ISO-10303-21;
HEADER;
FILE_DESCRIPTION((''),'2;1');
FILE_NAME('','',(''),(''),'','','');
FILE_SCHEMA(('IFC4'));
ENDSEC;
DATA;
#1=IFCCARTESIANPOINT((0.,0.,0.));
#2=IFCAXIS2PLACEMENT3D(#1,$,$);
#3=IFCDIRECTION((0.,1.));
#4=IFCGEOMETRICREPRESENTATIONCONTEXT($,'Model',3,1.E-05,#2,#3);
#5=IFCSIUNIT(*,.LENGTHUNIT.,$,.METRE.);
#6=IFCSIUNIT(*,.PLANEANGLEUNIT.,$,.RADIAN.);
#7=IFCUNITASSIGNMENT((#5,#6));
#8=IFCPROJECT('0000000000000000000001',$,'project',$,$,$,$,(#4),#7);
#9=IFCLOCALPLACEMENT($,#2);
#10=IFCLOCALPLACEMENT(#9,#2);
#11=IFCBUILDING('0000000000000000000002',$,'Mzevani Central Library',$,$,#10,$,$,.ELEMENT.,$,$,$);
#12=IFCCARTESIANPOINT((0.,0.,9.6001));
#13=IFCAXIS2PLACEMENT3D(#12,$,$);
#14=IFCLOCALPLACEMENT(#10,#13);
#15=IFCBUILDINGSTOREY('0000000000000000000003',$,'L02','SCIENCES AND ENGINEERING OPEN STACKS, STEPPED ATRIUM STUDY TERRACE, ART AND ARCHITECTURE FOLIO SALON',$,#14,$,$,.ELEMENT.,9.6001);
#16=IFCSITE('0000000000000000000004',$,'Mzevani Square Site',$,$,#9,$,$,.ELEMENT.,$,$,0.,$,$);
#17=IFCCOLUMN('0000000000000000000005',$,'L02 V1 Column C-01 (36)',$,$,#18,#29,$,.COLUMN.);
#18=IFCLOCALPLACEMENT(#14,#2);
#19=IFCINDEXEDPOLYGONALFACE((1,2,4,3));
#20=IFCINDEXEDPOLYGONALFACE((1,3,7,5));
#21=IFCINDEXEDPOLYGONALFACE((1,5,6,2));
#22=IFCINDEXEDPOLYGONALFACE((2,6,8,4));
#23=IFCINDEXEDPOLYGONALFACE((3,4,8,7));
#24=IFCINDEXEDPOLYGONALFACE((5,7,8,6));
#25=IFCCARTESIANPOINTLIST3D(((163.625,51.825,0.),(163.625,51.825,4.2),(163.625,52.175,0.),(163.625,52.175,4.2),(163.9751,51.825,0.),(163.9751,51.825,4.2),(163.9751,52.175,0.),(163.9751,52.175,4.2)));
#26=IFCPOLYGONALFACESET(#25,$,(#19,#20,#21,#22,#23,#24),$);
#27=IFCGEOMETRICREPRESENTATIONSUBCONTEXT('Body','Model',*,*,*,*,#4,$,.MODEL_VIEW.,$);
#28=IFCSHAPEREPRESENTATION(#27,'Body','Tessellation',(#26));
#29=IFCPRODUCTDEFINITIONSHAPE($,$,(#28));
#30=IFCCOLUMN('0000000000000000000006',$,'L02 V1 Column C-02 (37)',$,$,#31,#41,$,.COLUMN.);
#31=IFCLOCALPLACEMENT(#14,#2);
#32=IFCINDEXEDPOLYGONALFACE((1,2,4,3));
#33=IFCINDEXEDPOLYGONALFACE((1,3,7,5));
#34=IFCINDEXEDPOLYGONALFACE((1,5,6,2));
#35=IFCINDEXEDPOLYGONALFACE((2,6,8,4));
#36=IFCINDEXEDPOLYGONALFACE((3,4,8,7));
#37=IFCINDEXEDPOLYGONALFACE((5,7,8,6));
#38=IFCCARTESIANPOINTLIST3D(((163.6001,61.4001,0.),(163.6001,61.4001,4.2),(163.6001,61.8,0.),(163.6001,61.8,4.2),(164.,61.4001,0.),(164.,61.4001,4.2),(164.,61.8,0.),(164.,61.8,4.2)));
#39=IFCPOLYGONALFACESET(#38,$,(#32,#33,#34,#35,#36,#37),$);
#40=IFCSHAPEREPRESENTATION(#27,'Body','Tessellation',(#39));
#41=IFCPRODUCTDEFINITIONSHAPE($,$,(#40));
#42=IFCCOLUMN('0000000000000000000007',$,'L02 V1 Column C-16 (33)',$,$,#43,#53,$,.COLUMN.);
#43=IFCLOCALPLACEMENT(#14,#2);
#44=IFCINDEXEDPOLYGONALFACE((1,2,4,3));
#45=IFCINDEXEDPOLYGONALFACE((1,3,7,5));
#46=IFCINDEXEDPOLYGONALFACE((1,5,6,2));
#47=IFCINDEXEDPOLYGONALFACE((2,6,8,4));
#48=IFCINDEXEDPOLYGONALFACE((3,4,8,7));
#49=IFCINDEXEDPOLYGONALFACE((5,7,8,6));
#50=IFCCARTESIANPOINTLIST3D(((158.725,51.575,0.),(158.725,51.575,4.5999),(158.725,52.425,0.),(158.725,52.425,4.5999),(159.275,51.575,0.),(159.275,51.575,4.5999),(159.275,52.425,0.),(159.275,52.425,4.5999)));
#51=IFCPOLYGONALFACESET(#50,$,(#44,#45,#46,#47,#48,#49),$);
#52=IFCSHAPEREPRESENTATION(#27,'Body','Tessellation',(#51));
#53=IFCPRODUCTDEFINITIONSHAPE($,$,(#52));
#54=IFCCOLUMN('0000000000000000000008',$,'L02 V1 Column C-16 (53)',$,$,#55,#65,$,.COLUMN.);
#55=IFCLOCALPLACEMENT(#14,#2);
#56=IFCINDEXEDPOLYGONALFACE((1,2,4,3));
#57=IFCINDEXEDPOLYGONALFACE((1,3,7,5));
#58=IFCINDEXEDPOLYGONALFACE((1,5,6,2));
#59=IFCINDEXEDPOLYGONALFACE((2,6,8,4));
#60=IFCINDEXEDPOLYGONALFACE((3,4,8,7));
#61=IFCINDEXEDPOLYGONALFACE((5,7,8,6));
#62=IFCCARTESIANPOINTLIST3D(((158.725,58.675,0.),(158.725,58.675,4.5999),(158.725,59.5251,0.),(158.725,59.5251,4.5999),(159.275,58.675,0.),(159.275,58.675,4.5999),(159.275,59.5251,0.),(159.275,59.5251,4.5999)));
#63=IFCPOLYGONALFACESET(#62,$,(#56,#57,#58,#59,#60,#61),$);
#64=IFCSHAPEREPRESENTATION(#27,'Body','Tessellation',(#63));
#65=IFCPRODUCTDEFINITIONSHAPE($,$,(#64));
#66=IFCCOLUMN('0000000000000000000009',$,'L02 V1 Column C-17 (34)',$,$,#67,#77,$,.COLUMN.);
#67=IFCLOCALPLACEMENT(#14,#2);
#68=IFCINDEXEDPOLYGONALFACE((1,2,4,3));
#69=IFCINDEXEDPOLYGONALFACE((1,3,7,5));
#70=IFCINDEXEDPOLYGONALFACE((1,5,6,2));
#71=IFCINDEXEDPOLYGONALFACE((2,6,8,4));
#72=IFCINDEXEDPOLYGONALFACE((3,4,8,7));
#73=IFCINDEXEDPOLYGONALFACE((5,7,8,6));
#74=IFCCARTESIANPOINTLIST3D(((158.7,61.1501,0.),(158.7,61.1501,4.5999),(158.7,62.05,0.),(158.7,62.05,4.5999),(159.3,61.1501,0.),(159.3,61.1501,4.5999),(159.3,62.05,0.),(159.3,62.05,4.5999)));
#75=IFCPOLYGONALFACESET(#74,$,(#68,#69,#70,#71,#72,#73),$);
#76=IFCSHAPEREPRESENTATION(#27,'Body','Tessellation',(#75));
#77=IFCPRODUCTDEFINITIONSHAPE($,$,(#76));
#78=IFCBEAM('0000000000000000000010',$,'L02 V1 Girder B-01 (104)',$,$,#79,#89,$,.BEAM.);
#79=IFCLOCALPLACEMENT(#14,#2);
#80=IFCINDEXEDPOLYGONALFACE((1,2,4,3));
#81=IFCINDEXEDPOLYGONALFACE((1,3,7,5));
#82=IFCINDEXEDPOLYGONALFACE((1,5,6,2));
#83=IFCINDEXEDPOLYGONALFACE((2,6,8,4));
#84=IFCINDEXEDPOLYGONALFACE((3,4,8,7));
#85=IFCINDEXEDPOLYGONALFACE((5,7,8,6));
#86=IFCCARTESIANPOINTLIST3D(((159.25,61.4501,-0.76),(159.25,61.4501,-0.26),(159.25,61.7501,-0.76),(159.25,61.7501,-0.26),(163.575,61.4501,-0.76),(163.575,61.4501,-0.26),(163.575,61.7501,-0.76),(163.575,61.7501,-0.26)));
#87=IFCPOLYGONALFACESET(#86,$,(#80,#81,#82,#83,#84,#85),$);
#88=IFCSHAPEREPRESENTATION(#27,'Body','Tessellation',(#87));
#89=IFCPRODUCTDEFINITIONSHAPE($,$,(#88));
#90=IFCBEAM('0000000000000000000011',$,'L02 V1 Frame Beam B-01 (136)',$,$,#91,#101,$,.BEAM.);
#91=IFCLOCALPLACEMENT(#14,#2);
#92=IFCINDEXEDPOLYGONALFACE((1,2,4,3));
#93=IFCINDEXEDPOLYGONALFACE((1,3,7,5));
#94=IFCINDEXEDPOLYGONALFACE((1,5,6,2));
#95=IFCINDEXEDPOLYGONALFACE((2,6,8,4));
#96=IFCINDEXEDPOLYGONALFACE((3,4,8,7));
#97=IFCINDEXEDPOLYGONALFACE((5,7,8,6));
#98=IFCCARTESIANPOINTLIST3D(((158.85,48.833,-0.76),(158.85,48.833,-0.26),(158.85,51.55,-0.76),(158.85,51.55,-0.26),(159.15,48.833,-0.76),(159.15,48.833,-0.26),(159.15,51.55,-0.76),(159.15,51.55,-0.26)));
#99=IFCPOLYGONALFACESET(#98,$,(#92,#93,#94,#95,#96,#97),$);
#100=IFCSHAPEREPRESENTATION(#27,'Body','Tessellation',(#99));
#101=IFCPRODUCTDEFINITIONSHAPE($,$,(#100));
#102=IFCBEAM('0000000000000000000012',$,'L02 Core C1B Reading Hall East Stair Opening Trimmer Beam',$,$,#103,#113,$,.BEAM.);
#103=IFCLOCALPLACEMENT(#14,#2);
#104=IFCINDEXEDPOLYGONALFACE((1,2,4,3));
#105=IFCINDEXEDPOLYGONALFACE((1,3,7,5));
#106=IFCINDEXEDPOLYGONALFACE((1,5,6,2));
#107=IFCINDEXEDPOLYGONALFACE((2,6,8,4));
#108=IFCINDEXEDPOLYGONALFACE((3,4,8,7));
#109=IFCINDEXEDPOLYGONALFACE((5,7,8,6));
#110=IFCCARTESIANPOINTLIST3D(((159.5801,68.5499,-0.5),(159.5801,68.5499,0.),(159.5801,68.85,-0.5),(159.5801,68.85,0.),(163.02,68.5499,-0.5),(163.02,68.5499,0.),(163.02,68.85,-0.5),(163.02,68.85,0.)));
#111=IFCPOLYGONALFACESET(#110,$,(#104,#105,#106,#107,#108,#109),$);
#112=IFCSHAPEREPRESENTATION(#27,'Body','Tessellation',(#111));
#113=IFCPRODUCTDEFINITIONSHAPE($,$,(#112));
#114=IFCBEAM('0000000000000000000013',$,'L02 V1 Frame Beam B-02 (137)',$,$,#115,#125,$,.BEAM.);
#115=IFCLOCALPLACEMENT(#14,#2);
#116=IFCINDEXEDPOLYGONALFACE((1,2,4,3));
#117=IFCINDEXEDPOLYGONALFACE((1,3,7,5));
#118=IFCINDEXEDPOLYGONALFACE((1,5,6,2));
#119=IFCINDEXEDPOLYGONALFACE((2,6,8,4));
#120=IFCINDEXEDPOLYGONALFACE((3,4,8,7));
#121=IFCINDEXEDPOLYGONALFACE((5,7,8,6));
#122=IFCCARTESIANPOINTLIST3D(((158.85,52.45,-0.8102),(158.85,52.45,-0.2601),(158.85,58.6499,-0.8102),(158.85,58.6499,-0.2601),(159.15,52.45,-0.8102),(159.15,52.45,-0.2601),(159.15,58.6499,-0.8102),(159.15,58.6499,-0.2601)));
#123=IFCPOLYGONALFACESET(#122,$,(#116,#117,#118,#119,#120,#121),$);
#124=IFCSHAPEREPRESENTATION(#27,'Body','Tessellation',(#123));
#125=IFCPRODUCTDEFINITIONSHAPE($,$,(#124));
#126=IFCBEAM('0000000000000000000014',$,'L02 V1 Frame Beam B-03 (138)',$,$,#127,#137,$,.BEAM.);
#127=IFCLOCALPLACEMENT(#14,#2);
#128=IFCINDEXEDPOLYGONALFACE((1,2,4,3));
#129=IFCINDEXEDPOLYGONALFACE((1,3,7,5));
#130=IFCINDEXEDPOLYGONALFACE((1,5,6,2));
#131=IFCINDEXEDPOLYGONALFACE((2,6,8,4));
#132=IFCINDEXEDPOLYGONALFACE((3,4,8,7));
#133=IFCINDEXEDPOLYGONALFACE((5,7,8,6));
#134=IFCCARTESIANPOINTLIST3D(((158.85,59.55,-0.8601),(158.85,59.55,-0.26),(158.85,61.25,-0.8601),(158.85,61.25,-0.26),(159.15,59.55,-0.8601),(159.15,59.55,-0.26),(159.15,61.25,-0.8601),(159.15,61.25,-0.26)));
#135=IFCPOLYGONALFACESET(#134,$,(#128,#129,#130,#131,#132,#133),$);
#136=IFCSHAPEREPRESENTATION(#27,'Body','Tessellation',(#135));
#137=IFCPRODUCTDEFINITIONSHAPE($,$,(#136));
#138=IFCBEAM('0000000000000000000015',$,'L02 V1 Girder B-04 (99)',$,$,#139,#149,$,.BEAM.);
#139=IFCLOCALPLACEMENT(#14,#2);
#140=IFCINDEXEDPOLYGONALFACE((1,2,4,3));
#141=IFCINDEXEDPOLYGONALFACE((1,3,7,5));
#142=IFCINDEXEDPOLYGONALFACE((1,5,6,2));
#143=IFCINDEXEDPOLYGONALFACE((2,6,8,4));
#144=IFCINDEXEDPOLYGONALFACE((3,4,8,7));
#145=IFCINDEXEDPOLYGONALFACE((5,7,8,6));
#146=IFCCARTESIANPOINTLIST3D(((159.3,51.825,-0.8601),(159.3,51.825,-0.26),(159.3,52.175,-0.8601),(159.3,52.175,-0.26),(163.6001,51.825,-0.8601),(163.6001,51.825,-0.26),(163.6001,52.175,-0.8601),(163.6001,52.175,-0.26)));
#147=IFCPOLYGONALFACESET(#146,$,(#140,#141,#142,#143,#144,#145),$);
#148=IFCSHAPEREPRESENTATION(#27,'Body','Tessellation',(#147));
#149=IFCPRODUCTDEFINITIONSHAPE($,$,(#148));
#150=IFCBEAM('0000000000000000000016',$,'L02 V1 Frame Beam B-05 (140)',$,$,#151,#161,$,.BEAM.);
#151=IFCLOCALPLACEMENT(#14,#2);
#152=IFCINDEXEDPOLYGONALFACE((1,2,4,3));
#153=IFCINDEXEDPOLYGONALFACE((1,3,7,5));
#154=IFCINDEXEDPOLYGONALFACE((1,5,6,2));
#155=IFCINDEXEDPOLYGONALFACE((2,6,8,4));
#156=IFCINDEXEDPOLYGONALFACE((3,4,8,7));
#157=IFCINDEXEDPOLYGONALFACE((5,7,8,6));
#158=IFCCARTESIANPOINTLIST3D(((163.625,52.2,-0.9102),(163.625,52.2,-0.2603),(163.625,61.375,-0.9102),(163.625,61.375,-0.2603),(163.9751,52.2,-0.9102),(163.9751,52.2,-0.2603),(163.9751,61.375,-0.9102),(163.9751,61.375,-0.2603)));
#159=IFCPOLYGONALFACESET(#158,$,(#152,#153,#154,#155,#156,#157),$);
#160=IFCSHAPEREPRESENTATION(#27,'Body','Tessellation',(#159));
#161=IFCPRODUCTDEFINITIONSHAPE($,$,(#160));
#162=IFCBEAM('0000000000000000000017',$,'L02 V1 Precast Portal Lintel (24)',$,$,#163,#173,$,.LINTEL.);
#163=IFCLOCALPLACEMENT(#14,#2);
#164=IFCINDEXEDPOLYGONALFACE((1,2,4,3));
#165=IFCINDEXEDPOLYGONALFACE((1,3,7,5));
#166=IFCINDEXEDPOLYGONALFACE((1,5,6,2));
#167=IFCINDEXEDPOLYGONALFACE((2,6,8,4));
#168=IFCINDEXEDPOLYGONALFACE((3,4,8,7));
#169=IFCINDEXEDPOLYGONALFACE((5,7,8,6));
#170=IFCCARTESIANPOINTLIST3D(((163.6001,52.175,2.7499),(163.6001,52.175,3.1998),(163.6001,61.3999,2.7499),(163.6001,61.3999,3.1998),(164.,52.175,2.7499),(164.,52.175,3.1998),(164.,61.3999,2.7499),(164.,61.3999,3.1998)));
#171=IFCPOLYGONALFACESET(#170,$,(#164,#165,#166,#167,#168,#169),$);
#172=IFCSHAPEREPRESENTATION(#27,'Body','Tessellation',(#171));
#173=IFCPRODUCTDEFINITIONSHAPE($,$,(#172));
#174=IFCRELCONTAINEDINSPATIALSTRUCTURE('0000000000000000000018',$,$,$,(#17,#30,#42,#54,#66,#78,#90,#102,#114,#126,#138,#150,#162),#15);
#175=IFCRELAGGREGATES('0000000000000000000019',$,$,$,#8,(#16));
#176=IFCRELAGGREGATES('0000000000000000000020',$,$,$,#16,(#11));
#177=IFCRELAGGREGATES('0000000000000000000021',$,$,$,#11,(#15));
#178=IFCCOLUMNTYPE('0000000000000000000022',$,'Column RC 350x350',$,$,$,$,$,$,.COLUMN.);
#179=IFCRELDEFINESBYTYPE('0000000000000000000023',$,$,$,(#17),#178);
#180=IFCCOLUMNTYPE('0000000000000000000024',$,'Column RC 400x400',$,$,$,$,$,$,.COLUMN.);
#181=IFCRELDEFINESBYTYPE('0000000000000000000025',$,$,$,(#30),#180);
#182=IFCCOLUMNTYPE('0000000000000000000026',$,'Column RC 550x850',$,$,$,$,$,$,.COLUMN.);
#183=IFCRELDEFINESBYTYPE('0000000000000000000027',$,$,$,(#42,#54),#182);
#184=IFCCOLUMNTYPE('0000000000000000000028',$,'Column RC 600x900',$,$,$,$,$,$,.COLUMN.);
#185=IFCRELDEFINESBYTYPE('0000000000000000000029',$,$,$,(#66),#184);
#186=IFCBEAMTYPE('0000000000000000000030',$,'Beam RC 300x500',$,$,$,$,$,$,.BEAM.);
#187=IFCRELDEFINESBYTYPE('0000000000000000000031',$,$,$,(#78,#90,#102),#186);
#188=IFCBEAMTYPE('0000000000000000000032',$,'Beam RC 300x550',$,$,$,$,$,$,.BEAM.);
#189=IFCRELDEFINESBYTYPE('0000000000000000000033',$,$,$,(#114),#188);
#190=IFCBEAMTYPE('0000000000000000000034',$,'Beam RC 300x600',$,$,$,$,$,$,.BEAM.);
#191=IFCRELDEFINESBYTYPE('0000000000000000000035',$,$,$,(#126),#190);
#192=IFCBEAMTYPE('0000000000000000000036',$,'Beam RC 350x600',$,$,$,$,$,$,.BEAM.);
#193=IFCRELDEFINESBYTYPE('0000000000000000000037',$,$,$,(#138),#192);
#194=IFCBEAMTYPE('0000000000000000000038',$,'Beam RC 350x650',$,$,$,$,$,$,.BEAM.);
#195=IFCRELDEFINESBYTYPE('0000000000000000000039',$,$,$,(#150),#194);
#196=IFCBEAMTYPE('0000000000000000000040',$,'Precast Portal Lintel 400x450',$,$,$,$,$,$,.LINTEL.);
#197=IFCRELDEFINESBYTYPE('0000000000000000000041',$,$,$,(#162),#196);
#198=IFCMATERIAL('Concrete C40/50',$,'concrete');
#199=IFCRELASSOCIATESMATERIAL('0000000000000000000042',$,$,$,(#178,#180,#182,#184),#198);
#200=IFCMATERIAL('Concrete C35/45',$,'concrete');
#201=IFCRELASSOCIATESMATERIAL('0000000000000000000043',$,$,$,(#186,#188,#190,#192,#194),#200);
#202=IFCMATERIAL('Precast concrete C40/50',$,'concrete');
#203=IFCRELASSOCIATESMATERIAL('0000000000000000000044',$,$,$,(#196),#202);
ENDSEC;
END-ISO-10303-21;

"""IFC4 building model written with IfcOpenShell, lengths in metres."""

from ifc_helpers import new_model, si_unit, direction, frame, origin, origin_2d, place, context, subcontext, project, spatial, rectangle, extrude, material, material_profile, profile_set, type_object, element, save


model = new_model("IFC4")

# Units and contexts
model_context = context("Model", 3, precision=1e-05, world=origin(), true_north=direction((0.0, 1.0)))
body_context = subcontext(model_context, "Body", "Model", "MODEL_VIEW")
ifc_project = project(units=[si_unit("LENGTHUNIT", "METRE"), si_unit("PLANEANGLEUNIT", "RADIAN")], contexts=[model_context])

# Site, building, storey
site_placement = place(None, origin())
site = spatial("IfcSite", under=ifc_project, at=site_placement, Name="Mzevani Square Site", CompositionType="ELEMENT", RefElevation=0.0)
building_placement = place(site_placement, origin())
building = spatial("IfcBuilding", under=site, at=building_placement, Name="Mzevani Central Library", CompositionType="ELEMENT")
storey_placement = place(building_placement, frame((0.0, 0.0, 9.6001)))
storey = spatial("IfcBuildingStorey", under=building, at=storey_placement, Name="L02", Description="SCIENCES AND ENGINEERING OPEN STACKS, STEPPED ATRIUM STUDY TERRACE, ART AND ARCHITECTURE FOLIO SALON", CompositionType="ELEMENT", Elevation=9.6001)

# Columns
ifc_material_1 = material(Name="Concrete C40/50", Category="concrete")
ifc_material_profile_1 = material_profile(ifc_material_1, rectangle(XDim=0.3501, YDim=0.3501, at=origin_2d()), Name="RC 350x350")
ifc_profile_set_1 = profile_set([ifc_material_profile_1], Name="Concrete C40/50")
column_type_1 = type_object("IfcColumnType", Name="Column RC 350x350", PredefinedType="COLUMN", material=ifc_profile_set_1)
column_1_placement = place(storey_placement, frame((163.8, 52.0, 0.0), z_axis=(0.0, 0.0, 1.0), x_axis=(1.0, 0.0, 0.0)))
element("IfcColumn", 1, at=column_1_placement, inside=storey, type_object=column_type_1, Name="L02 V1 Column C-01 (36)", PredefinedType="COLUMN", context=body_context, shape_type="SweptSolid", body=[
    extrude(rectangle(XDim=0.3501, YDim=0.3501, at=origin_2d()), origin(), (0.0, 0.0, 1.0), 4.2),
])
ifc_material_profile_2 = material_profile(ifc_material_1, rectangle(XDim=0.3999, YDim=0.3999, at=origin_2d()), Name="RC 400x400")
ifc_profile_set_2 = profile_set([ifc_material_profile_2], Name="Concrete C40/50")
column_type_2 = type_object("IfcColumnType", Name="Column RC 400x400", PredefinedType="COLUMN", material=ifc_profile_set_2)
column_2_placement = place(storey_placement, frame((163.8, 61.6001, 0.0), z_axis=(0.0, 0.0, 1.0), x_axis=(1.0, 0.0, 0.0)))
element("IfcColumn", 2, at=column_2_placement, inside=storey, type_object=column_type_2, Name="L02 V1 Column C-02 (37)", PredefinedType="COLUMN", context=body_context, shape_type="SweptSolid", body=[
    extrude(rectangle(XDim=0.3999, YDim=0.3999, at=origin_2d()), origin(), (0.0, 0.0, 1.0), 4.2),
])
ifc_material_profile_3 = material_profile(ifc_material_1, rectangle(XDim=0.55, YDim=0.8501, at=origin_2d()), Name="RC 550x850")
ifc_profile_set_3 = profile_set([ifc_material_profile_3], Name="Concrete C40/50")
column_type_3 = type_object("IfcColumnType", Name="Column RC 550x850", PredefinedType="COLUMN", material=ifc_profile_set_3)
for number, where, z_axis, x_axis, name in (
    (3, (159.0, 52.0, 0.0), (0.0, 0.0, 1.0), (1.0, 0.0, 0.0), "L02 V1 Column C-16 (33)"),
    (4, (159.0, 59.1001, 0.0), (0.0, 0.0, 1.0), (1.0, 0.0, 0.0), "L02 V1 Column C-16 (53)"),
):
    element("IfcColumn", number, at=place(storey_placement, frame(where, z_axis=z_axis, x_axis=x_axis)), inside=storey, type_object=column_type_3, Name=name, PredefinedType="COLUMN", context=body_context, shape_type="SweptSolid", body=[
        extrude(rectangle(XDim=0.55, YDim=0.8501, at=origin_2d()), origin(), (0.0, 0.0, 1.0), 4.5999),
    ])
ifc_material_profile_4 = material_profile(ifc_material_1, rectangle(XDim=0.6001, YDim=0.8999, at=origin_2d()), Name="RC 600x900")
ifc_profile_set_4 = profile_set([ifc_material_profile_4], Name="Concrete C40/50")
column_type_4 = type_object("IfcColumnType", Name="Column RC 600x900", PredefinedType="COLUMN", material=ifc_profile_set_4)
column_3_placement = place(storey_placement, frame((159.0, 61.6001, 0.0), z_axis=(0.0, 0.0, 1.0), x_axis=(1.0, 0.0, 0.0)))
element("IfcColumn", 5, at=column_3_placement, inside=storey, type_object=column_type_4, Name="L02 V1 Column C-17 (34)", PredefinedType="COLUMN", context=body_context, shape_type="SweptSolid", body=[
    extrude(rectangle(XDim=0.6001, YDim=0.8999, at=origin_2d()), origin(), (0.0, 0.0, 1.0), 4.5999),
])

# Beams
ifc_material_2 = material(Name="Concrete C35/45", Category="concrete")
ifc_material_profile_5 = material_profile(ifc_material_2, rectangle(XDim=0.3, YDim=0.5, at=origin_2d()), Name="RC B300x500")
ifc_profile_set_5 = profile_set([ifc_material_profile_5], Name="Concrete C35/45")
beam_type_1 = type_object("IfcBeamType", Name="Beam RC 300x500", PredefinedType="BEAM", material=ifc_profile_set_5)
beam_1_placement = place(storey_placement, frame((159.25, 61.6001, -0.51), z_axis=(1.0, 0.0, 0.0), x_axis=(0.0, 1.0, 0.0)))
element("IfcBeam", 6, at=beam_1_placement, inside=storey, type_object=beam_type_1, Name="L02 V1 Girder B-01 (104)", PredefinedType="BEAM", context=body_context, shape_type="SweptSolid", body=[
    extrude(rectangle(XDim=0.3, YDim=0.5, at=origin_2d()), origin(), (0.0, 0.0, 1.0), 4.325),
])
beam_2_placement = place(storey_placement, frame((159.0, 48.833, -0.51), z_axis=(0.0, 1.0, 0.0), x_axis=(-1.0, 0.0, 0.0)))
element("IfcBeam", 7, at=beam_2_placement, inside=storey, type_object=beam_type_1, Name="L02 V1 Frame Beam B-01 (136)", PredefinedType="BEAM", context=body_context, shape_type="SweptSolid", body=[
    extrude(rectangle(XDim=0.3, YDim=0.5, at=origin_2d()), origin(), (0.0, 0.0, 1.0), 2.717),
])
beam_3_placement = place(storey_placement, frame((159.5801, 68.7, -0.25), z_axis=(1.0, 0.0, 0.0), x_axis=(0.0, 1.0, 0.0)))
element("IfcBeam", 8, at=beam_3_placement, inside=storey, type_object=beam_type_1, Name="L02 Core C1B Reading Hall East Stair Opening Trimmer Beam", PredefinedType="BEAM", context=body_context, shape_type="SweptSolid", body=[
    extrude(rectangle(XDim=0.3, YDim=0.5, at=origin_2d()), origin(), (0.0, 0.0, 1.0), 3.4399),
])
ifc_material_profile_6 = material_profile(ifc_material_2, rectangle(XDim=0.3, YDim=0.55, at=origin_2d()), Name="RC B300x550")
ifc_profile_set_6 = profile_set([ifc_material_profile_6], Name="Concrete C35/45")
beam_type_2 = type_object("IfcBeamType", Name="Beam RC 300x550", PredefinedType="BEAM", material=ifc_profile_set_6)
beam_4_placement = place(storey_placement, frame((159.0, 52.45, -0.5352), z_axis=(0.0, 1.0, 0.0), x_axis=(-1.0, 0.0, 0.0)))
element("IfcBeam", 9, at=beam_4_placement, inside=storey, type_object=beam_type_2, Name="L02 V1 Frame Beam B-02 (137)", PredefinedType="BEAM", context=body_context, shape_type="SweptSolid", body=[
    extrude(rectangle(XDim=0.3, YDim=0.55, at=origin_2d()), origin(), (0.0, 0.0, 1.0), 6.2),
])
ifc_material_profile_7 = material_profile(ifc_material_2, rectangle(XDim=0.3, YDim=0.6001, at=origin_2d()), Name="RC B300x600")
ifc_profile_set_7 = profile_set([ifc_material_profile_7], Name="Concrete C35/45")
beam_type_3 = type_object("IfcBeamType", Name="Beam RC 300x600", PredefinedType="BEAM", material=ifc_profile_set_7)
beam_5_placement = place(storey_placement, frame((159.0, 59.55, -0.5601), z_axis=(0.0, 1.0, 0.0), x_axis=(-1.0, 0.0, 0.0)))
element("IfcBeam", 10, at=beam_5_placement, inside=storey, type_object=beam_type_3, Name="L02 V1 Frame Beam B-03 (138)", PredefinedType="BEAM", context=body_context, shape_type="SweptSolid", body=[
    extrude(rectangle(XDim=0.3, YDim=0.6001, at=origin_2d()), origin(), (0.0, 0.0, 1.0), 1.7),
])
ifc_material_profile_8 = material_profile(ifc_material_2, rectangle(XDim=0.3501, YDim=0.6001, at=origin_2d()), Name="RC B350x600")
ifc_profile_set_8 = profile_set([ifc_material_profile_8], Name="Concrete C35/45")
beam_type_4 = type_object("IfcBeamType", Name="Beam RC 350x600", PredefinedType="BEAM", material=ifc_profile_set_8)
beam_6_placement = place(storey_placement, frame((159.3, 52.0, -0.5601), z_axis=(1.0, 0.0, 0.0), x_axis=(0.0, 1.0, 0.0)))
element("IfcBeam", 11, at=beam_6_placement, inside=storey, type_object=beam_type_4, Name="L02 V1 Girder B-04 (99)", PredefinedType="BEAM", context=body_context, shape_type="SweptSolid", body=[
    extrude(rectangle(XDim=0.3501, YDim=0.6001, at=origin_2d()), origin(), (0.0, 0.0, 1.0), 4.3),
])
ifc_material_profile_9 = material_profile(ifc_material_2, rectangle(XDim=0.3501, YDim=0.6499, at=origin_2d()), Name="RC B350x650")
ifc_profile_set_9 = profile_set([ifc_material_profile_9], Name="Concrete C35/45")
beam_type_5 = type_object("IfcBeamType", Name="Beam RC 350x650", PredefinedType="BEAM", material=ifc_profile_set_9)
beam_7_placement = place(storey_placement, frame((163.8, 52.2, -0.5852), z_axis=(0.0, 1.0, 0.0), x_axis=(-1.0, 0.0, 0.0)))
element("IfcBeam", 12, at=beam_7_placement, inside=storey, type_object=beam_type_5, Name="L02 V1 Frame Beam B-05 (140)", PredefinedType="BEAM", context=body_context, shape_type="SweptSolid", body=[
    extrude(rectangle(XDim=0.3501, YDim=0.6499, at=origin_2d()), origin(), (0.0, 0.0, 1.0), 9.175),
])
ifc_material_3 = material(Name="Precast concrete C40/50", Category="concrete")
ifc_material_profile_10 = material_profile(ifc_material_3, rectangle(XDim=0.3999, YDim=0.45, at=origin_2d()), Name="PC LN400x450")
ifc_profile_set_10 = profile_set([ifc_material_profile_10], Name="Precast concrete C40/50")
beam_type_6 = type_object("IfcBeamType", Name="Precast Portal Lintel 400x450", PredefinedType="LINTEL", material=ifc_profile_set_10)
beam_8_placement = place(storey_placement, frame((163.8, 52.175, 2.9749), z_axis=(0.0, 1.0, 0.0), x_axis=(-1.0, 0.0, 0.0)))
element("IfcBeam", 13, at=beam_8_placement, inside=storey, type_object=beam_type_6, Name="L02 V1 Precast Portal Lintel (24)", PredefinedType="LINTEL", context=body_context, shape_type="SweptSolid", body=[
    extrude(rectangle(XDim=0.3999, YDim=0.45, at=origin_2d()), origin(), (0.0, 0.0, 1.0), 9.2249),
])

save(model, "model.ifc")
